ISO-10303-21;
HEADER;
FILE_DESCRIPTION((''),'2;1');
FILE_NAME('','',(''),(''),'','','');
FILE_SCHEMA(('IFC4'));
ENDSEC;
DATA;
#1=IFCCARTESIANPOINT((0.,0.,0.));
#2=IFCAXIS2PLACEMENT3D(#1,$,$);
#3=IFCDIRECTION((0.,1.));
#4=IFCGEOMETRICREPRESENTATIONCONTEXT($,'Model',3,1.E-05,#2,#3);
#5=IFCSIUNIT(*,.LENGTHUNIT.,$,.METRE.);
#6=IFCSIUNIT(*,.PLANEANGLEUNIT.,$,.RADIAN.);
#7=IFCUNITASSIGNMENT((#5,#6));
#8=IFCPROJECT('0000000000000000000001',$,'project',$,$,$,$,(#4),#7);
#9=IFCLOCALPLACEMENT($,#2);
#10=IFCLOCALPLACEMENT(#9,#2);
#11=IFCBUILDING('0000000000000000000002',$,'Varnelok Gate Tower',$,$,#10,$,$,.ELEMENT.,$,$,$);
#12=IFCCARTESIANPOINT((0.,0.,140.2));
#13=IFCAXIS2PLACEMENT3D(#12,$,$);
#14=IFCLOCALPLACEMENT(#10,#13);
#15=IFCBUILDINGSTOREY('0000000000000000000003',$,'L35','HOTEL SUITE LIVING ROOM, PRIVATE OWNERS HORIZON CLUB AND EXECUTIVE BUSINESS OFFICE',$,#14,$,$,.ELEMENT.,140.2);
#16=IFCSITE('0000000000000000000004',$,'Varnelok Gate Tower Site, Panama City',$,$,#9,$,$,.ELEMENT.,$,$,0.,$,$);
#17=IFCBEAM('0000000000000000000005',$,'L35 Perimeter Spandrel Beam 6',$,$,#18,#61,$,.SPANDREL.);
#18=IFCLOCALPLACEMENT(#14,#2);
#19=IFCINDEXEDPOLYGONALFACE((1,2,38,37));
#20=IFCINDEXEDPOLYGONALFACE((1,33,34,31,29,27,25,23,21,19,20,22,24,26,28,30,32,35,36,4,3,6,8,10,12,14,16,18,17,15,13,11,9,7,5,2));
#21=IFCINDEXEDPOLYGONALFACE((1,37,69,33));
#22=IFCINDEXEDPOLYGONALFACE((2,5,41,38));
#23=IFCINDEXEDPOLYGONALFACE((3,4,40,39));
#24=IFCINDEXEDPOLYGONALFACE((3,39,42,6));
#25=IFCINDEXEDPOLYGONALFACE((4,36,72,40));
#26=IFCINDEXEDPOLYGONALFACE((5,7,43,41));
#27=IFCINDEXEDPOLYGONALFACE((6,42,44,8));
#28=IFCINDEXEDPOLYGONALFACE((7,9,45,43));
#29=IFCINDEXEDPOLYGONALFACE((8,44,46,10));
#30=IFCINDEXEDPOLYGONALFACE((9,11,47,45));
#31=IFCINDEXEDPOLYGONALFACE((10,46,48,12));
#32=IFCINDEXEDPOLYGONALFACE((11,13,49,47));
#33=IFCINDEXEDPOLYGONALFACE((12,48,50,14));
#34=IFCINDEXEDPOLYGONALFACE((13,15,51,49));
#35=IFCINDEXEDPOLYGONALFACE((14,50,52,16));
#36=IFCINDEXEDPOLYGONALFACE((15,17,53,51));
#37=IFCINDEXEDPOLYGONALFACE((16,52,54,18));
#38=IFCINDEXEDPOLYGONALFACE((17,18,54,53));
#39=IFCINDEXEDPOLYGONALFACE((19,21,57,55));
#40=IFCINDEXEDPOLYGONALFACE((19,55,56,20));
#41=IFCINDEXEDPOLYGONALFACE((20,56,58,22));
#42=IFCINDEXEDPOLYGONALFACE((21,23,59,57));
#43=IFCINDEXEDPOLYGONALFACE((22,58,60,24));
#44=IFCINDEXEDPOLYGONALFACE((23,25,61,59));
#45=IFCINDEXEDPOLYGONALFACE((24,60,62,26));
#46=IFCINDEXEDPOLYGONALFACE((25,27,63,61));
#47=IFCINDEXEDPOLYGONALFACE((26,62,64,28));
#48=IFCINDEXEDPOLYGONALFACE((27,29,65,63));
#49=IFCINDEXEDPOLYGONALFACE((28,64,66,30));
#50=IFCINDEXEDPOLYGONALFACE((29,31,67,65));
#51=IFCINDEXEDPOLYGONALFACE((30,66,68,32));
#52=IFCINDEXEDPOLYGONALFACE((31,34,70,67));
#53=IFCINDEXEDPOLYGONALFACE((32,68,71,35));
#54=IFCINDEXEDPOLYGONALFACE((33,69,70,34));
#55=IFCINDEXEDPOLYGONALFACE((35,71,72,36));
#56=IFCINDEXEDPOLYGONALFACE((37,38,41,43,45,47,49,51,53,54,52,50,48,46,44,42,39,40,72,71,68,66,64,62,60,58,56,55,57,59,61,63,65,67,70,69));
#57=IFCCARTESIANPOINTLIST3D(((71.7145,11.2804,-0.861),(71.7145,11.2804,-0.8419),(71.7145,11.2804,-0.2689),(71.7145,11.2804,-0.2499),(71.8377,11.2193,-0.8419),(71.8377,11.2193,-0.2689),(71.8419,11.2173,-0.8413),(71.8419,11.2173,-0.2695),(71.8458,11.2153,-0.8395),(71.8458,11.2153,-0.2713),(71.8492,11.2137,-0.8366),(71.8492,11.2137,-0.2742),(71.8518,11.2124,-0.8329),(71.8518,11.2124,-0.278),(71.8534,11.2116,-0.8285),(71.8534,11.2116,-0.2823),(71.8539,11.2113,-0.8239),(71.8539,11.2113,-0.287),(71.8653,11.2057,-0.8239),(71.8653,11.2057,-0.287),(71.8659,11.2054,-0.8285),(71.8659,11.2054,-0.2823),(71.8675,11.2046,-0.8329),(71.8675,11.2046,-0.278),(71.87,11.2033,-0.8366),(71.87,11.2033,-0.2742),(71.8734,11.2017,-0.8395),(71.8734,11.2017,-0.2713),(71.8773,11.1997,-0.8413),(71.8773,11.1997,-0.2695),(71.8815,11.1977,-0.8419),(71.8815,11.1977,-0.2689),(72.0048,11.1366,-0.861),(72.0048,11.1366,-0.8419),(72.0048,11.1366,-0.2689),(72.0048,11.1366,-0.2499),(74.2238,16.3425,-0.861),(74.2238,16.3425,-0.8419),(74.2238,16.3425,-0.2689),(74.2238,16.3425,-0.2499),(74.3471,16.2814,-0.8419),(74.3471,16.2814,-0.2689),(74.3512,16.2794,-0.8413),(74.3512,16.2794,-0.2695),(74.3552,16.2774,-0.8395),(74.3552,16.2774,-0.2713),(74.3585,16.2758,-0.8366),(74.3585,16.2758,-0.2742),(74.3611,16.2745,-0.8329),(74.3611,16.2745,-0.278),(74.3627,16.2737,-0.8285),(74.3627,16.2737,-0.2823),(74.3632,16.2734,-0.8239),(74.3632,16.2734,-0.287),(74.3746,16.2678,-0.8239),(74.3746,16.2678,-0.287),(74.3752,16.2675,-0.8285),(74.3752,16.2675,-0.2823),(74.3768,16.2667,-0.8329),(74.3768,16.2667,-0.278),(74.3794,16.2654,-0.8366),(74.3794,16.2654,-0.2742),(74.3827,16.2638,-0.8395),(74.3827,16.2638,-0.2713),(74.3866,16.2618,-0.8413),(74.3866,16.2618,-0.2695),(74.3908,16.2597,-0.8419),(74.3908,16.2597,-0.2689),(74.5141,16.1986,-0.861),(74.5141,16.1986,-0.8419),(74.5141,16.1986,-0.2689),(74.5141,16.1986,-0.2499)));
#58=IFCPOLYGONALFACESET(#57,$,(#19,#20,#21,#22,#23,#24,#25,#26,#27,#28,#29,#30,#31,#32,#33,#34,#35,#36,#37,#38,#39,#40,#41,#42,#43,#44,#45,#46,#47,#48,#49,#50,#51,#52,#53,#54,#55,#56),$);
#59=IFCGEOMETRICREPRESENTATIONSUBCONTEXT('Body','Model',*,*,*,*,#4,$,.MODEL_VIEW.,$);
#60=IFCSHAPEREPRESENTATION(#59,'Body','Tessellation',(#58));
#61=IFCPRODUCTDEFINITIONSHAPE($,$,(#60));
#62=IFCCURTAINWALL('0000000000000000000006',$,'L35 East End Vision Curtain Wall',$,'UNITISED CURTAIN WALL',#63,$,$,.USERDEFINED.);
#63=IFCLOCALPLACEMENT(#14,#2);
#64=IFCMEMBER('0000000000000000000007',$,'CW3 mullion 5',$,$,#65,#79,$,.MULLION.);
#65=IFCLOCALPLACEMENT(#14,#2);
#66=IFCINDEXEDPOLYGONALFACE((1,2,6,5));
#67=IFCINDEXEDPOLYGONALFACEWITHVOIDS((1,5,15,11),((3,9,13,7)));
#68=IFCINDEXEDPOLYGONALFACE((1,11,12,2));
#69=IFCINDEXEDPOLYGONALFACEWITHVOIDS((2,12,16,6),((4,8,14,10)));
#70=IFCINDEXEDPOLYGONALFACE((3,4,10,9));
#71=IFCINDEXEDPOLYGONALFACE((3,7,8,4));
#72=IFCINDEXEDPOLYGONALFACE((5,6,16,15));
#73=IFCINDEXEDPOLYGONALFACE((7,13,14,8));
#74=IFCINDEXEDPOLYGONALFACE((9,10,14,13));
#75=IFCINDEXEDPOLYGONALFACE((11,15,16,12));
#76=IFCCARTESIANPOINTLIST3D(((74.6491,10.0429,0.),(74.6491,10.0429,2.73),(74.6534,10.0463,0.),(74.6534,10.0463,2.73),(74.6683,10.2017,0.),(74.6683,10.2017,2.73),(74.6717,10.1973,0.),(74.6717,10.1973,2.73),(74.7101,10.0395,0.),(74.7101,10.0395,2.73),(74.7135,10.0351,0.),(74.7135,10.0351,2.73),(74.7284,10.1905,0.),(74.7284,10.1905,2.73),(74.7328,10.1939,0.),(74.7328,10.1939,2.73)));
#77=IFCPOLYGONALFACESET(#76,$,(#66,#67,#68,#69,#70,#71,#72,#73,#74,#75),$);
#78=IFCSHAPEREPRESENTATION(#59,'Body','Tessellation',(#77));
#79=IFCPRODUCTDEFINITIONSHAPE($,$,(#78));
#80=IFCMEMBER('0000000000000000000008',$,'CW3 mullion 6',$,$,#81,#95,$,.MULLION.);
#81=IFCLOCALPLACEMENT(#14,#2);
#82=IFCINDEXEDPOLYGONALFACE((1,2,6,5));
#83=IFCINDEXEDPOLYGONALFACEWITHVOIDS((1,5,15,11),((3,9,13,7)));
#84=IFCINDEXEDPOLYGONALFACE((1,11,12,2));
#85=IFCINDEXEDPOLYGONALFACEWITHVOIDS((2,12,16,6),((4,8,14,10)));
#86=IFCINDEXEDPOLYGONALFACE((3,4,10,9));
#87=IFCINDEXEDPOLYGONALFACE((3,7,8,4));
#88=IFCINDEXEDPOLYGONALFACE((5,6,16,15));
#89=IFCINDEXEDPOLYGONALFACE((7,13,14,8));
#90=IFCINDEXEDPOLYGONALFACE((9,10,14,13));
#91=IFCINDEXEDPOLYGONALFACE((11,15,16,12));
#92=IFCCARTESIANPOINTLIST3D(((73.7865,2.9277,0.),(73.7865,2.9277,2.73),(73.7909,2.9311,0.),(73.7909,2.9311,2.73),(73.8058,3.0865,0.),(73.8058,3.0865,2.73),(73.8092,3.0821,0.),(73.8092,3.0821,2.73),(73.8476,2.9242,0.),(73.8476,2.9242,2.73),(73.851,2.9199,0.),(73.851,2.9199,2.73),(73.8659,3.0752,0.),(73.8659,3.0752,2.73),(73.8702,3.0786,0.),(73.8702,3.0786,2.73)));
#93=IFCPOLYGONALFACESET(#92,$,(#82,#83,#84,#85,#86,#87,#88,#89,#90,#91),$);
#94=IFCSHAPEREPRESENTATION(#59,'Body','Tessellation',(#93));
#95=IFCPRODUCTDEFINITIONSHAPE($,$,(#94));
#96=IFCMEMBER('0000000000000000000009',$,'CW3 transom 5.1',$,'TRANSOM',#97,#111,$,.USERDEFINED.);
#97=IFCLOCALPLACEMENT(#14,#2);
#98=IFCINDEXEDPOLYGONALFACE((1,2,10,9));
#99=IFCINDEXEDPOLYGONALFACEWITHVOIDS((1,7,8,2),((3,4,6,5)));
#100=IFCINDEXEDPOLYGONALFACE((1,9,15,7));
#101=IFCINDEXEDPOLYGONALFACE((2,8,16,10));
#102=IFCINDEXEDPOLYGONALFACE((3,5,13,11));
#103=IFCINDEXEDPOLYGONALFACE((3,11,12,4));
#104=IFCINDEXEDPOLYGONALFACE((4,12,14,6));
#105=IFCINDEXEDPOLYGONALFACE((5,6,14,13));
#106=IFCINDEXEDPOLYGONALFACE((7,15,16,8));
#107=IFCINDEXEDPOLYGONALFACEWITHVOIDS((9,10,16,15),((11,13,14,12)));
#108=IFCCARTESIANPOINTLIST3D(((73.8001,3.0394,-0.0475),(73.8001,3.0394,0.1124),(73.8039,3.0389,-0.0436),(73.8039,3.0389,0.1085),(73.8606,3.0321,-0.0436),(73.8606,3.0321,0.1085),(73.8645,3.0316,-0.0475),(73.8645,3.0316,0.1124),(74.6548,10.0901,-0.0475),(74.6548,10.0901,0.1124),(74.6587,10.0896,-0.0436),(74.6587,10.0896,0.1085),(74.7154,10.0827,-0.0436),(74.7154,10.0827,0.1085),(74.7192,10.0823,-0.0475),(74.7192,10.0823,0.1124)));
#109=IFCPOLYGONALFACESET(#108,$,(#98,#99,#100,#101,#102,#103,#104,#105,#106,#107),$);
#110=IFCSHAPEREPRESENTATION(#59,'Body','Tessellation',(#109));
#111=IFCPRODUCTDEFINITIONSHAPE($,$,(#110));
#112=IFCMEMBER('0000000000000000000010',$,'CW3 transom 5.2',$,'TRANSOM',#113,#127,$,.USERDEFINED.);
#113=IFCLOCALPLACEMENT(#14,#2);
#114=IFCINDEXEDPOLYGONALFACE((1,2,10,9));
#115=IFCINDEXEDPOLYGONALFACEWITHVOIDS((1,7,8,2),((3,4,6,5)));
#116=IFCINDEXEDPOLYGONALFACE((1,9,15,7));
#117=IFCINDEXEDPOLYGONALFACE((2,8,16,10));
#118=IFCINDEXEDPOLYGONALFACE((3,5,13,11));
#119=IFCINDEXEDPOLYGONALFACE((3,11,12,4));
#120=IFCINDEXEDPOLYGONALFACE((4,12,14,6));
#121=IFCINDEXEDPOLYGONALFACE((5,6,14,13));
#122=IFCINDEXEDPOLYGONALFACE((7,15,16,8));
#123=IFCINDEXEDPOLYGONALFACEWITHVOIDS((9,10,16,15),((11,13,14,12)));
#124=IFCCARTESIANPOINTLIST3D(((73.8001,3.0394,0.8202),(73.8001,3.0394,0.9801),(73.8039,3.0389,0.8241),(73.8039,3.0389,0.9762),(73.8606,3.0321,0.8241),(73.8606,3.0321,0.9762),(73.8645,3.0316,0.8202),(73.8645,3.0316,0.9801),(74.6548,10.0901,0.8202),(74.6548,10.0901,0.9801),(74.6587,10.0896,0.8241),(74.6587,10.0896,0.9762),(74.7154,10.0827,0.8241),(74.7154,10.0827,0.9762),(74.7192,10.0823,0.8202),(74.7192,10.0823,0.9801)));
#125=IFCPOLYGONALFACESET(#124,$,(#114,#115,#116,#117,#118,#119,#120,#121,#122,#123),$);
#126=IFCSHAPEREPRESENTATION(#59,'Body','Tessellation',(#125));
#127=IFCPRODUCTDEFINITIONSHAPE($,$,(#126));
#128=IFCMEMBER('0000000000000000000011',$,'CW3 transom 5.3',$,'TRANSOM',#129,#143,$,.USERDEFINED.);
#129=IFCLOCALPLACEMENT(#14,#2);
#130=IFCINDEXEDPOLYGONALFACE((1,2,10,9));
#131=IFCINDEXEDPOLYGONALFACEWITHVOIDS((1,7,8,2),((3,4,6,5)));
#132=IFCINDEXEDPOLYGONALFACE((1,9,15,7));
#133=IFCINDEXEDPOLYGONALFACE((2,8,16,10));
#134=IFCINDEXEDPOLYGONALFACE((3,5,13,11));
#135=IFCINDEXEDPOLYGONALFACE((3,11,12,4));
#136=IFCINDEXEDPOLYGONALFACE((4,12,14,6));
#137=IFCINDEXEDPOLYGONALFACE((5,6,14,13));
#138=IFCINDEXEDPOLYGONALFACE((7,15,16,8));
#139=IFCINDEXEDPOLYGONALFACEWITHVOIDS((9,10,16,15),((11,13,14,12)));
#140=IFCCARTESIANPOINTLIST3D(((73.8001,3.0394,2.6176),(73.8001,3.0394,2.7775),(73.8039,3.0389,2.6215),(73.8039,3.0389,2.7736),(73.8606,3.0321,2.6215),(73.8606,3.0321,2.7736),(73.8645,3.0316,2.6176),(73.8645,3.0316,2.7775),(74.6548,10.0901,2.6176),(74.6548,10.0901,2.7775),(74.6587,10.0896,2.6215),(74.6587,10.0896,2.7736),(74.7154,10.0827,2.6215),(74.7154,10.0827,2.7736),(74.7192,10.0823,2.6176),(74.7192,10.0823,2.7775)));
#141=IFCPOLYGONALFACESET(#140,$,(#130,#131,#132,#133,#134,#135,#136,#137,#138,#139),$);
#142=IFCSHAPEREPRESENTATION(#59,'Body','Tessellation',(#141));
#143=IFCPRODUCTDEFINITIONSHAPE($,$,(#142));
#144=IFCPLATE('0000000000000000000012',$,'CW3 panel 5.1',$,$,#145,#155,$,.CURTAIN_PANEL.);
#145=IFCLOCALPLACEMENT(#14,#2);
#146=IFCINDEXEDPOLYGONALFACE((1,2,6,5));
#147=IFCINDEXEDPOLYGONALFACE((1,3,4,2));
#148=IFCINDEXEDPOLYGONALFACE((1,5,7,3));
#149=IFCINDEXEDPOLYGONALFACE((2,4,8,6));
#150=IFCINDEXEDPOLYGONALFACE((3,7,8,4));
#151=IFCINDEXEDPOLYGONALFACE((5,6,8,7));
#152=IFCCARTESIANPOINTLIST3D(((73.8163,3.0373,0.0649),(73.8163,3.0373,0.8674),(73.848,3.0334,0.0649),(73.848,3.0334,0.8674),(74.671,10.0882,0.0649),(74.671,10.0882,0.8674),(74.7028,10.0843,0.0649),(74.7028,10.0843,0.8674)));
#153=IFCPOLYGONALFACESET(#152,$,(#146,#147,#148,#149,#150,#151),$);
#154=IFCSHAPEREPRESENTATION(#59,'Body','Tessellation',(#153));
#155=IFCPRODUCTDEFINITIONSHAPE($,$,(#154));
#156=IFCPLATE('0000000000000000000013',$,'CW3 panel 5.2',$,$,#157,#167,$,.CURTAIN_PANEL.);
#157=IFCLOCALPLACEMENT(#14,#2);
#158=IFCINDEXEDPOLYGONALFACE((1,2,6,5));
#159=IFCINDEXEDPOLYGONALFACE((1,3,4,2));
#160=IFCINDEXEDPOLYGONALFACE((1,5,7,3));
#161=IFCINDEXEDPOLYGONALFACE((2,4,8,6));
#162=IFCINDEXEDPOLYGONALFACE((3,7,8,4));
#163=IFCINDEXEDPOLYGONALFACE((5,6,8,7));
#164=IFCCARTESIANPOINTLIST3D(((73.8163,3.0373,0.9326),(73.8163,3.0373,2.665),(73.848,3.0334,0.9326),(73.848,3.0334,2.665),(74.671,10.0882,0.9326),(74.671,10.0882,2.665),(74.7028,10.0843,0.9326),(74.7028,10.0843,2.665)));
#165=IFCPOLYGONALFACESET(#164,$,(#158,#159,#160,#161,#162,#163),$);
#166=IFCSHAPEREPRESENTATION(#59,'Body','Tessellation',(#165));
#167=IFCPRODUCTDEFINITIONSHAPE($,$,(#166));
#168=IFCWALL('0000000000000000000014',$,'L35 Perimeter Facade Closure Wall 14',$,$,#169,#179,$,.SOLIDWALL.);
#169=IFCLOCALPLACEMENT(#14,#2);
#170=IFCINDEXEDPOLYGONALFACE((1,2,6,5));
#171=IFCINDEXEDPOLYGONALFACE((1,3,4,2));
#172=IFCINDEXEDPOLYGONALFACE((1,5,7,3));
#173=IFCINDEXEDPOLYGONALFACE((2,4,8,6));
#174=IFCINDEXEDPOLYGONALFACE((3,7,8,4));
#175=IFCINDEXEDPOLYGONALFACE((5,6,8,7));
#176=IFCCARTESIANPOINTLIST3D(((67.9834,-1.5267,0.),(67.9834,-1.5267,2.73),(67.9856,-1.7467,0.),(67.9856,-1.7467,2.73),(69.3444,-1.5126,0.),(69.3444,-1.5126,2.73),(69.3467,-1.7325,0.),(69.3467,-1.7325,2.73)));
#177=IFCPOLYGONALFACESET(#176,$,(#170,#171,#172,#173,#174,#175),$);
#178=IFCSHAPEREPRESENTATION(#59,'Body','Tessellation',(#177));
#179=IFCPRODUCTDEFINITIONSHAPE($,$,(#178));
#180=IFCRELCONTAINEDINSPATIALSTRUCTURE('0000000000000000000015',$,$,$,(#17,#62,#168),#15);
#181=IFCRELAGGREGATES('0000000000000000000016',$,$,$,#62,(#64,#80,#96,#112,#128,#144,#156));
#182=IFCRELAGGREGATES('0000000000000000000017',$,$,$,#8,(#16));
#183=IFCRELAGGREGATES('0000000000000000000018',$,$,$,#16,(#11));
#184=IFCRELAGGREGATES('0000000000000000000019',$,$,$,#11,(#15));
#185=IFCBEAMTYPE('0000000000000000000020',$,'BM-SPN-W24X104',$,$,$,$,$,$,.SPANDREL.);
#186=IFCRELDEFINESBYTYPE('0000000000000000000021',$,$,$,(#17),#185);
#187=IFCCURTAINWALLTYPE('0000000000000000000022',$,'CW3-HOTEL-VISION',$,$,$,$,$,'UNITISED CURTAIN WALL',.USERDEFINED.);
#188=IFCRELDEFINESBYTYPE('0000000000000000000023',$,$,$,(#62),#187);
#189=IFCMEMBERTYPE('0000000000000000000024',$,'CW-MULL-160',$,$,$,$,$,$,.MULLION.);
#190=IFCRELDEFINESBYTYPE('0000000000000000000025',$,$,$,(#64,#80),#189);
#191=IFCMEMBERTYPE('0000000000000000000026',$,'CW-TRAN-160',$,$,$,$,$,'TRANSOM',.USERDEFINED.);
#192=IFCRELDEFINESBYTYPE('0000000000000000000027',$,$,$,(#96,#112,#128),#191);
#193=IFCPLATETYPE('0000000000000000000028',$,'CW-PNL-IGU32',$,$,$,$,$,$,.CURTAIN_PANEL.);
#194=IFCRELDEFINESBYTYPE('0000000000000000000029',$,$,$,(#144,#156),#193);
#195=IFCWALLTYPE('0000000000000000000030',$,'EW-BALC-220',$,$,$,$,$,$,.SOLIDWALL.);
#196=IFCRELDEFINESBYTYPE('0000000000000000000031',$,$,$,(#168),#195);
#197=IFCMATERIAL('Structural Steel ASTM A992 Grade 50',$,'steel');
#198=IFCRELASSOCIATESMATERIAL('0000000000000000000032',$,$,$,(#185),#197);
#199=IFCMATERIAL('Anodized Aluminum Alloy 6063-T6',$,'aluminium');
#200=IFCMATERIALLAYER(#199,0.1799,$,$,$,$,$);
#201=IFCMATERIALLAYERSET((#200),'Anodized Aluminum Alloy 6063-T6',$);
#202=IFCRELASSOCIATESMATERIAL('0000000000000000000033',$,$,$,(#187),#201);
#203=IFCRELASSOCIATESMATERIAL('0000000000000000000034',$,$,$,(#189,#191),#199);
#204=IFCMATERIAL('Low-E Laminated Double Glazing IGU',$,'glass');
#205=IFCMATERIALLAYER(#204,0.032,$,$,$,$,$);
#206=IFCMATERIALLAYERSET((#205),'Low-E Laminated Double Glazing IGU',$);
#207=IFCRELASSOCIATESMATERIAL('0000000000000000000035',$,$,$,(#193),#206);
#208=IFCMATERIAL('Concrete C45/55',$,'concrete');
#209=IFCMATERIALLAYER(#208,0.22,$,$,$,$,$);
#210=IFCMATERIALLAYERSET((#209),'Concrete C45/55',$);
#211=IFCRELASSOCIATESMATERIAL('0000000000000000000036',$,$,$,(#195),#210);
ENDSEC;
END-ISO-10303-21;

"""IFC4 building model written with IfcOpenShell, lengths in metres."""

from ifc_helpers import new_model, si_unit, direction, frame, frame_2d, origin, origin_2d, place, context, subcontext, project, spatial, rectangle, hollow_rectangle, i_section, extrude, source, transform, mapped, material, layer, layer_set, material_profile, profile_set, type_object, element, aggregate, save


model = new_model("IFC4")

# Units and contexts
model_context = context("Model", 3, precision=1e-05, world=origin(), true_north=direction((0.0, 1.0)))
body_context = subcontext(model_context, "Body", "Model", "MODEL_VIEW")
ifc_project = project(units=[si_unit("LENGTHUNIT", "METRE"), si_unit("PLANEANGLEUNIT", "RADIAN")], contexts=[model_context])

# Site, building, storey
site_placement = place(None, origin())
site = spatial("IfcSite", under=ifc_project, at=site_placement, Name="Varnelok Gate Tower Site, Panama City", CompositionType="ELEMENT", RefElevation=0.0)
building_placement = place(site_placement, origin())
building = spatial("IfcBuilding", under=site, at=building_placement, Name="Varnelok Gate Tower", CompositionType="ELEMENT")
storey_placement = place(building_placement, frame((0.0, 0.0, 140.2)))
storey = spatial("IfcBuildingStorey", under=building, at=storey_placement, Name="L35", Description="HOTEL SUITE LIVING ROOM, PRIVATE OWNERS HORIZON CLUB AND EXECUTIVE BUSINESS OFFICE", CompositionType="ELEMENT", Elevation=140.2)

# Shared definitions
ifc_material_1 = material(Name="Structural Steel ASTM A992 Grade 50", Category="steel")

# Beam
ifc_material_profile_1 = material_profile(ifc_material_1, i_section(OverallWidth=0.324, OverallDepth=0.6111, WebThickness=0.0127, FlangeThickness=0.019, FilletRadius=0.0181, at=origin_2d()), Name="W24X104")
ifc_profile_set_1 = profile_set([ifc_material_profile_1], Name="Structural Steel ASTM A992 Grade 50")
beam_type_1 = type_object("IfcBeamType", Name="BM-SPN-W24X104", PredefinedType="SPANDREL", material=ifc_profile_set_1)
beam_1_placement = place(storey_placement, frame((71.8596, 11.2085, -0.5554), z_axis=(0.444134, 0.89596, 0.0), x_axis=(-0.89596, 0.444134, 0.0)))
element("IfcBeam", 1, at=beam_1_placement, inside=storey, type_object=beam_type_1, Name="L35 Perimeter Spandrel Beam 6", PredefinedType="SPANDREL", context=body_context, shape_type="SweptSolid", body=[
    extrude(i_section(OverallWidth=0.324, OverallDepth=0.6111, WebThickness=0.0127, FlangeThickness=0.019, FilletRadius=0.0181, at=origin_2d()), origin(), (0.0, 0.0, 1.0), 5.6499),
])

# Curtain wall, members, plates
ifc_material_2 = material(Name="Anodized Aluminum Alloy 6063-T6", Category="aluminium")
ifc_layer_1 = layer(ifc_material_2, 0.1799)
ifc_layer_set_1 = layer_set([ifc_layer_1], Name="Anodized Aluminum Alloy 6063-T6")
curtain_wall_type = type_object("IfcCurtainWallType", Name="CW3-HOTEL-VISION", ElementType="UNITISED CURTAIN WALL", PredefinedType="USERDEFINED", material=ifc_layer_set_1)
curtain_wall_placement = place(storey_placement, origin())
curtain_wall = element("IfcCurtainWall", 2, at=curtain_wall_placement, inside=storey, type_object=curtain_wall_type, Name="L35 East End Vision Curtain Wall", ObjectType="UNITISED CURTAIN WALL", PredefinedType="USERDEFINED")
ifc_material_profile_2 = material_profile(ifc_material_2, hollow_rectangle(XDim=0.0649, YDim=0.1599, WallThickness=0.0039, at=origin_2d()), Name="ALU160X65X4")
ifc_profile_set_2 = profile_set([ifc_material_profile_2], Name="Anodized Aluminum Alloy 6063-T6")
member_type_1 = type_object("IfcMemberType", Name="CW-MULL-160", PredefinedType="MULLION", material=ifc_profile_set_2)
member_1_placement = place(storey_placement, frame((74.6909, 10.1184, 0.0), z_axis=(0.0, 0.0, 1.0), x_axis=(0.992732, -0.120347, 0.0)))
member_1 = element("IfcMember", 3, at=member_1_placement, type_object=member_type_1, Name="CW3 mullion 5", PredefinedType="MULLION", context=body_context, shape_type="SweptSolid", body=[
    extrude(hollow_rectangle(XDim=0.0649, YDim=0.1599, WallThickness=0.0039, at=origin_2d()), origin(), (0.0, 0.0, 1.0), 2.73),
])
member_2_placement = place(storey_placement, frame((73.8284, 3.0032, 0.0), z_axis=(0.0, 0.0, 1.0), x_axis=(0.992732, -0.120347, 0.0)))
member_2 = element("IfcMember", 4, at=member_2_placement, type_object=member_type_1, Name="CW3 mullion 6", PredefinedType="MULLION", context=body_context, shape_type="SweptSolid", body=[
    extrude(hollow_rectangle(XDim=0.0649, YDim=0.1599, WallThickness=0.0039, at=origin_2d()), origin(), (0.0, 0.0, 1.0), 2.73),
])
ifc_material_profile_3 = material_profile(ifc_material_2, hollow_rectangle(XDim=0.0649, YDim=0.1599, WallThickness=0.0039, at=origin_2d()), Name="ALU160X65X4")
ifc_profile_set_3 = profile_set([ifc_material_profile_3], Name="Anodized Aluminum Alloy 6063-T6")
member_type_2 = type_object("IfcMemberType", Name="CW-TRAN-160", ElementType="TRANSOM", PredefinedType="USERDEFINED", material=ifc_profile_set_3)
member_3_placement = place(storey_placement, frame((74.687, 10.0862, 0.0325), z_axis=(-0.120345, -0.992732, 0.0), x_axis=(0.992732, -0.120345, 0.0)))
member_3 = element("IfcMember", 5, at=member_3_placement, type_object=member_type_2, Name="CW3 transom 5.1", ObjectType="TRANSOM", PredefinedType="USERDEFINED", context=body_context, shape_type="SweptSolid", body=[
    extrude(hollow_rectangle(XDim=0.0649, YDim=0.1599, WallThickness=0.0039, at=origin_2d()), origin(), (0.0, 0.0, 1.0), 7.1023),
])
member_4_placement = place(storey_placement, frame((74.687, 10.0862, 0.9001), z_axis=(-0.120345, -0.992732, 0.0), x_axis=(0.992732, -0.120345, 0.0)))
member_4 = element("IfcMember", 6, at=member_4_placement, type_object=member_type_2, Name="CW3 transom 5.2", ObjectType="TRANSOM", PredefinedType="USERDEFINED", context=body_context, shape_type="SweptSolid", body=[
    extrude(hollow_rectangle(XDim=0.0649, YDim=0.1599, WallThickness=0.0039, at=origin_2d()), origin(), (0.0, 0.0, 1.0), 7.1023),
])
member_5_placement = place(storey_placement, frame((74.687, 10.0862, 2.6975), z_axis=(-0.120345, -0.992732, 0.0), x_axis=(0.992732, -0.120345, 0.0)))
member_5 = element("IfcMember", 7, at=member_5_placement, type_object=member_type_2, Name="CW3 transom 5.3", ObjectType="TRANSOM", PredefinedType="USERDEFINED", context=body_context, shape_type="SweptSolid", body=[
    extrude(hollow_rectangle(XDim=0.0649, YDim=0.1599, WallThickness=0.0039, at=origin_2d()), origin(), (0.0, 0.0, 1.0), 7.1023),
])
ifc_material_3 = material(Name="Low-E Laminated Double Glazing IGU", Category="glass")
ifc_layer_2 = layer(ifc_material_3, 0.032)
ifc_layer_set_2 = layer_set([ifc_layer_2], Name="Low-E Laminated Double Glazing IGU")
plate_type = type_object("IfcPlateType", Name="CW-PNL-IGU32", PredefinedType="CURTAIN_PANEL", material=ifc_layer_set_2)
shared_shape_1 = source(origin(), body_context, "Body", "SweptSolid", [
    extrude(rectangle(XDim=7.1025, YDim=0.032, at=origin_2d()), origin(), (0.0, 0.0, 1.0), 0.8025),
])
plate_1_placement = place(storey_placement, frame((74.2595, 6.5608, 0.0649), z_axis=(0.0, 0.0, 1.0), x_axis=(-0.120347, -0.992732, 0.0)))
plate_1 = element("IfcPlate", 8, at=plate_1_placement, type_object=plate_type, Name="CW3 panel 5.1", PredefinedType="CURTAIN_PANEL", context=body_context, shape_type="MappedRepresentation", body=[
    mapped(shared_shape_1, transform((0.0, 0.0, 0.0), scale=1.0)),
])
shared_shape_2 = source(origin(), body_context, "Body", "SweptSolid", [
    extrude(rectangle(XDim=7.1025, YDim=0.032, at=origin_2d()), origin(), (0.0, 0.0, 1.0), 1.7324),
])
plate_2_placement = place(storey_placement, frame((74.2595, 6.5608, 0.9326), z_axis=(0.0, 0.0, 1.0), x_axis=(-0.120347, -0.992732, 0.0)))
plate_2 = element("IfcPlate", 9, at=plate_2_placement, type_object=plate_type, Name="CW3 panel 5.2", PredefinedType="CURTAIN_PANEL", context=body_context, shape_type="MappedRepresentation", body=[
    mapped(shared_shape_2, transform((0.0, 0.0, 0.0), scale=1.0)),
])
aggregate(curtain_wall, [member_1, member_2, member_3, member_4, member_5, plate_1, plate_2])

# Wall
ifc_material_4 = material(Name="Concrete C45/55", Category="concrete")
ifc_layer_3 = layer(ifc_material_4, 0.22)
ifc_layer_set_3 = layer_set([ifc_layer_3], Name="Concrete C45/55")
wall_type_1 = type_object("IfcWallType", Name="EW-BALC-220", PredefinedType="SOLIDWALL", material=ifc_layer_set_3)
wall_1_placement = place(storey_placement, frame((67.9844, -1.6367, 0.0), z_axis=(0.0, 0.0, 1.0), x_axis=(0.999946, 0.010403, 0.0)))
element("IfcWall", 10, at=wall_1_placement, inside=storey, type_object=wall_type_1, Name="L35 Perimeter Facade Closure Wall 14", PredefinedType="SOLIDWALL", context=body_context, shape_type="SweptSolid", body=[
    extrude(rectangle(XDim=1.3611, YDim=0.22, at=frame_2d((0.6807, 0.0))), origin(), (0.0, 0.0, 1.0), 2.73),
])

save(model, "model.ifc")
